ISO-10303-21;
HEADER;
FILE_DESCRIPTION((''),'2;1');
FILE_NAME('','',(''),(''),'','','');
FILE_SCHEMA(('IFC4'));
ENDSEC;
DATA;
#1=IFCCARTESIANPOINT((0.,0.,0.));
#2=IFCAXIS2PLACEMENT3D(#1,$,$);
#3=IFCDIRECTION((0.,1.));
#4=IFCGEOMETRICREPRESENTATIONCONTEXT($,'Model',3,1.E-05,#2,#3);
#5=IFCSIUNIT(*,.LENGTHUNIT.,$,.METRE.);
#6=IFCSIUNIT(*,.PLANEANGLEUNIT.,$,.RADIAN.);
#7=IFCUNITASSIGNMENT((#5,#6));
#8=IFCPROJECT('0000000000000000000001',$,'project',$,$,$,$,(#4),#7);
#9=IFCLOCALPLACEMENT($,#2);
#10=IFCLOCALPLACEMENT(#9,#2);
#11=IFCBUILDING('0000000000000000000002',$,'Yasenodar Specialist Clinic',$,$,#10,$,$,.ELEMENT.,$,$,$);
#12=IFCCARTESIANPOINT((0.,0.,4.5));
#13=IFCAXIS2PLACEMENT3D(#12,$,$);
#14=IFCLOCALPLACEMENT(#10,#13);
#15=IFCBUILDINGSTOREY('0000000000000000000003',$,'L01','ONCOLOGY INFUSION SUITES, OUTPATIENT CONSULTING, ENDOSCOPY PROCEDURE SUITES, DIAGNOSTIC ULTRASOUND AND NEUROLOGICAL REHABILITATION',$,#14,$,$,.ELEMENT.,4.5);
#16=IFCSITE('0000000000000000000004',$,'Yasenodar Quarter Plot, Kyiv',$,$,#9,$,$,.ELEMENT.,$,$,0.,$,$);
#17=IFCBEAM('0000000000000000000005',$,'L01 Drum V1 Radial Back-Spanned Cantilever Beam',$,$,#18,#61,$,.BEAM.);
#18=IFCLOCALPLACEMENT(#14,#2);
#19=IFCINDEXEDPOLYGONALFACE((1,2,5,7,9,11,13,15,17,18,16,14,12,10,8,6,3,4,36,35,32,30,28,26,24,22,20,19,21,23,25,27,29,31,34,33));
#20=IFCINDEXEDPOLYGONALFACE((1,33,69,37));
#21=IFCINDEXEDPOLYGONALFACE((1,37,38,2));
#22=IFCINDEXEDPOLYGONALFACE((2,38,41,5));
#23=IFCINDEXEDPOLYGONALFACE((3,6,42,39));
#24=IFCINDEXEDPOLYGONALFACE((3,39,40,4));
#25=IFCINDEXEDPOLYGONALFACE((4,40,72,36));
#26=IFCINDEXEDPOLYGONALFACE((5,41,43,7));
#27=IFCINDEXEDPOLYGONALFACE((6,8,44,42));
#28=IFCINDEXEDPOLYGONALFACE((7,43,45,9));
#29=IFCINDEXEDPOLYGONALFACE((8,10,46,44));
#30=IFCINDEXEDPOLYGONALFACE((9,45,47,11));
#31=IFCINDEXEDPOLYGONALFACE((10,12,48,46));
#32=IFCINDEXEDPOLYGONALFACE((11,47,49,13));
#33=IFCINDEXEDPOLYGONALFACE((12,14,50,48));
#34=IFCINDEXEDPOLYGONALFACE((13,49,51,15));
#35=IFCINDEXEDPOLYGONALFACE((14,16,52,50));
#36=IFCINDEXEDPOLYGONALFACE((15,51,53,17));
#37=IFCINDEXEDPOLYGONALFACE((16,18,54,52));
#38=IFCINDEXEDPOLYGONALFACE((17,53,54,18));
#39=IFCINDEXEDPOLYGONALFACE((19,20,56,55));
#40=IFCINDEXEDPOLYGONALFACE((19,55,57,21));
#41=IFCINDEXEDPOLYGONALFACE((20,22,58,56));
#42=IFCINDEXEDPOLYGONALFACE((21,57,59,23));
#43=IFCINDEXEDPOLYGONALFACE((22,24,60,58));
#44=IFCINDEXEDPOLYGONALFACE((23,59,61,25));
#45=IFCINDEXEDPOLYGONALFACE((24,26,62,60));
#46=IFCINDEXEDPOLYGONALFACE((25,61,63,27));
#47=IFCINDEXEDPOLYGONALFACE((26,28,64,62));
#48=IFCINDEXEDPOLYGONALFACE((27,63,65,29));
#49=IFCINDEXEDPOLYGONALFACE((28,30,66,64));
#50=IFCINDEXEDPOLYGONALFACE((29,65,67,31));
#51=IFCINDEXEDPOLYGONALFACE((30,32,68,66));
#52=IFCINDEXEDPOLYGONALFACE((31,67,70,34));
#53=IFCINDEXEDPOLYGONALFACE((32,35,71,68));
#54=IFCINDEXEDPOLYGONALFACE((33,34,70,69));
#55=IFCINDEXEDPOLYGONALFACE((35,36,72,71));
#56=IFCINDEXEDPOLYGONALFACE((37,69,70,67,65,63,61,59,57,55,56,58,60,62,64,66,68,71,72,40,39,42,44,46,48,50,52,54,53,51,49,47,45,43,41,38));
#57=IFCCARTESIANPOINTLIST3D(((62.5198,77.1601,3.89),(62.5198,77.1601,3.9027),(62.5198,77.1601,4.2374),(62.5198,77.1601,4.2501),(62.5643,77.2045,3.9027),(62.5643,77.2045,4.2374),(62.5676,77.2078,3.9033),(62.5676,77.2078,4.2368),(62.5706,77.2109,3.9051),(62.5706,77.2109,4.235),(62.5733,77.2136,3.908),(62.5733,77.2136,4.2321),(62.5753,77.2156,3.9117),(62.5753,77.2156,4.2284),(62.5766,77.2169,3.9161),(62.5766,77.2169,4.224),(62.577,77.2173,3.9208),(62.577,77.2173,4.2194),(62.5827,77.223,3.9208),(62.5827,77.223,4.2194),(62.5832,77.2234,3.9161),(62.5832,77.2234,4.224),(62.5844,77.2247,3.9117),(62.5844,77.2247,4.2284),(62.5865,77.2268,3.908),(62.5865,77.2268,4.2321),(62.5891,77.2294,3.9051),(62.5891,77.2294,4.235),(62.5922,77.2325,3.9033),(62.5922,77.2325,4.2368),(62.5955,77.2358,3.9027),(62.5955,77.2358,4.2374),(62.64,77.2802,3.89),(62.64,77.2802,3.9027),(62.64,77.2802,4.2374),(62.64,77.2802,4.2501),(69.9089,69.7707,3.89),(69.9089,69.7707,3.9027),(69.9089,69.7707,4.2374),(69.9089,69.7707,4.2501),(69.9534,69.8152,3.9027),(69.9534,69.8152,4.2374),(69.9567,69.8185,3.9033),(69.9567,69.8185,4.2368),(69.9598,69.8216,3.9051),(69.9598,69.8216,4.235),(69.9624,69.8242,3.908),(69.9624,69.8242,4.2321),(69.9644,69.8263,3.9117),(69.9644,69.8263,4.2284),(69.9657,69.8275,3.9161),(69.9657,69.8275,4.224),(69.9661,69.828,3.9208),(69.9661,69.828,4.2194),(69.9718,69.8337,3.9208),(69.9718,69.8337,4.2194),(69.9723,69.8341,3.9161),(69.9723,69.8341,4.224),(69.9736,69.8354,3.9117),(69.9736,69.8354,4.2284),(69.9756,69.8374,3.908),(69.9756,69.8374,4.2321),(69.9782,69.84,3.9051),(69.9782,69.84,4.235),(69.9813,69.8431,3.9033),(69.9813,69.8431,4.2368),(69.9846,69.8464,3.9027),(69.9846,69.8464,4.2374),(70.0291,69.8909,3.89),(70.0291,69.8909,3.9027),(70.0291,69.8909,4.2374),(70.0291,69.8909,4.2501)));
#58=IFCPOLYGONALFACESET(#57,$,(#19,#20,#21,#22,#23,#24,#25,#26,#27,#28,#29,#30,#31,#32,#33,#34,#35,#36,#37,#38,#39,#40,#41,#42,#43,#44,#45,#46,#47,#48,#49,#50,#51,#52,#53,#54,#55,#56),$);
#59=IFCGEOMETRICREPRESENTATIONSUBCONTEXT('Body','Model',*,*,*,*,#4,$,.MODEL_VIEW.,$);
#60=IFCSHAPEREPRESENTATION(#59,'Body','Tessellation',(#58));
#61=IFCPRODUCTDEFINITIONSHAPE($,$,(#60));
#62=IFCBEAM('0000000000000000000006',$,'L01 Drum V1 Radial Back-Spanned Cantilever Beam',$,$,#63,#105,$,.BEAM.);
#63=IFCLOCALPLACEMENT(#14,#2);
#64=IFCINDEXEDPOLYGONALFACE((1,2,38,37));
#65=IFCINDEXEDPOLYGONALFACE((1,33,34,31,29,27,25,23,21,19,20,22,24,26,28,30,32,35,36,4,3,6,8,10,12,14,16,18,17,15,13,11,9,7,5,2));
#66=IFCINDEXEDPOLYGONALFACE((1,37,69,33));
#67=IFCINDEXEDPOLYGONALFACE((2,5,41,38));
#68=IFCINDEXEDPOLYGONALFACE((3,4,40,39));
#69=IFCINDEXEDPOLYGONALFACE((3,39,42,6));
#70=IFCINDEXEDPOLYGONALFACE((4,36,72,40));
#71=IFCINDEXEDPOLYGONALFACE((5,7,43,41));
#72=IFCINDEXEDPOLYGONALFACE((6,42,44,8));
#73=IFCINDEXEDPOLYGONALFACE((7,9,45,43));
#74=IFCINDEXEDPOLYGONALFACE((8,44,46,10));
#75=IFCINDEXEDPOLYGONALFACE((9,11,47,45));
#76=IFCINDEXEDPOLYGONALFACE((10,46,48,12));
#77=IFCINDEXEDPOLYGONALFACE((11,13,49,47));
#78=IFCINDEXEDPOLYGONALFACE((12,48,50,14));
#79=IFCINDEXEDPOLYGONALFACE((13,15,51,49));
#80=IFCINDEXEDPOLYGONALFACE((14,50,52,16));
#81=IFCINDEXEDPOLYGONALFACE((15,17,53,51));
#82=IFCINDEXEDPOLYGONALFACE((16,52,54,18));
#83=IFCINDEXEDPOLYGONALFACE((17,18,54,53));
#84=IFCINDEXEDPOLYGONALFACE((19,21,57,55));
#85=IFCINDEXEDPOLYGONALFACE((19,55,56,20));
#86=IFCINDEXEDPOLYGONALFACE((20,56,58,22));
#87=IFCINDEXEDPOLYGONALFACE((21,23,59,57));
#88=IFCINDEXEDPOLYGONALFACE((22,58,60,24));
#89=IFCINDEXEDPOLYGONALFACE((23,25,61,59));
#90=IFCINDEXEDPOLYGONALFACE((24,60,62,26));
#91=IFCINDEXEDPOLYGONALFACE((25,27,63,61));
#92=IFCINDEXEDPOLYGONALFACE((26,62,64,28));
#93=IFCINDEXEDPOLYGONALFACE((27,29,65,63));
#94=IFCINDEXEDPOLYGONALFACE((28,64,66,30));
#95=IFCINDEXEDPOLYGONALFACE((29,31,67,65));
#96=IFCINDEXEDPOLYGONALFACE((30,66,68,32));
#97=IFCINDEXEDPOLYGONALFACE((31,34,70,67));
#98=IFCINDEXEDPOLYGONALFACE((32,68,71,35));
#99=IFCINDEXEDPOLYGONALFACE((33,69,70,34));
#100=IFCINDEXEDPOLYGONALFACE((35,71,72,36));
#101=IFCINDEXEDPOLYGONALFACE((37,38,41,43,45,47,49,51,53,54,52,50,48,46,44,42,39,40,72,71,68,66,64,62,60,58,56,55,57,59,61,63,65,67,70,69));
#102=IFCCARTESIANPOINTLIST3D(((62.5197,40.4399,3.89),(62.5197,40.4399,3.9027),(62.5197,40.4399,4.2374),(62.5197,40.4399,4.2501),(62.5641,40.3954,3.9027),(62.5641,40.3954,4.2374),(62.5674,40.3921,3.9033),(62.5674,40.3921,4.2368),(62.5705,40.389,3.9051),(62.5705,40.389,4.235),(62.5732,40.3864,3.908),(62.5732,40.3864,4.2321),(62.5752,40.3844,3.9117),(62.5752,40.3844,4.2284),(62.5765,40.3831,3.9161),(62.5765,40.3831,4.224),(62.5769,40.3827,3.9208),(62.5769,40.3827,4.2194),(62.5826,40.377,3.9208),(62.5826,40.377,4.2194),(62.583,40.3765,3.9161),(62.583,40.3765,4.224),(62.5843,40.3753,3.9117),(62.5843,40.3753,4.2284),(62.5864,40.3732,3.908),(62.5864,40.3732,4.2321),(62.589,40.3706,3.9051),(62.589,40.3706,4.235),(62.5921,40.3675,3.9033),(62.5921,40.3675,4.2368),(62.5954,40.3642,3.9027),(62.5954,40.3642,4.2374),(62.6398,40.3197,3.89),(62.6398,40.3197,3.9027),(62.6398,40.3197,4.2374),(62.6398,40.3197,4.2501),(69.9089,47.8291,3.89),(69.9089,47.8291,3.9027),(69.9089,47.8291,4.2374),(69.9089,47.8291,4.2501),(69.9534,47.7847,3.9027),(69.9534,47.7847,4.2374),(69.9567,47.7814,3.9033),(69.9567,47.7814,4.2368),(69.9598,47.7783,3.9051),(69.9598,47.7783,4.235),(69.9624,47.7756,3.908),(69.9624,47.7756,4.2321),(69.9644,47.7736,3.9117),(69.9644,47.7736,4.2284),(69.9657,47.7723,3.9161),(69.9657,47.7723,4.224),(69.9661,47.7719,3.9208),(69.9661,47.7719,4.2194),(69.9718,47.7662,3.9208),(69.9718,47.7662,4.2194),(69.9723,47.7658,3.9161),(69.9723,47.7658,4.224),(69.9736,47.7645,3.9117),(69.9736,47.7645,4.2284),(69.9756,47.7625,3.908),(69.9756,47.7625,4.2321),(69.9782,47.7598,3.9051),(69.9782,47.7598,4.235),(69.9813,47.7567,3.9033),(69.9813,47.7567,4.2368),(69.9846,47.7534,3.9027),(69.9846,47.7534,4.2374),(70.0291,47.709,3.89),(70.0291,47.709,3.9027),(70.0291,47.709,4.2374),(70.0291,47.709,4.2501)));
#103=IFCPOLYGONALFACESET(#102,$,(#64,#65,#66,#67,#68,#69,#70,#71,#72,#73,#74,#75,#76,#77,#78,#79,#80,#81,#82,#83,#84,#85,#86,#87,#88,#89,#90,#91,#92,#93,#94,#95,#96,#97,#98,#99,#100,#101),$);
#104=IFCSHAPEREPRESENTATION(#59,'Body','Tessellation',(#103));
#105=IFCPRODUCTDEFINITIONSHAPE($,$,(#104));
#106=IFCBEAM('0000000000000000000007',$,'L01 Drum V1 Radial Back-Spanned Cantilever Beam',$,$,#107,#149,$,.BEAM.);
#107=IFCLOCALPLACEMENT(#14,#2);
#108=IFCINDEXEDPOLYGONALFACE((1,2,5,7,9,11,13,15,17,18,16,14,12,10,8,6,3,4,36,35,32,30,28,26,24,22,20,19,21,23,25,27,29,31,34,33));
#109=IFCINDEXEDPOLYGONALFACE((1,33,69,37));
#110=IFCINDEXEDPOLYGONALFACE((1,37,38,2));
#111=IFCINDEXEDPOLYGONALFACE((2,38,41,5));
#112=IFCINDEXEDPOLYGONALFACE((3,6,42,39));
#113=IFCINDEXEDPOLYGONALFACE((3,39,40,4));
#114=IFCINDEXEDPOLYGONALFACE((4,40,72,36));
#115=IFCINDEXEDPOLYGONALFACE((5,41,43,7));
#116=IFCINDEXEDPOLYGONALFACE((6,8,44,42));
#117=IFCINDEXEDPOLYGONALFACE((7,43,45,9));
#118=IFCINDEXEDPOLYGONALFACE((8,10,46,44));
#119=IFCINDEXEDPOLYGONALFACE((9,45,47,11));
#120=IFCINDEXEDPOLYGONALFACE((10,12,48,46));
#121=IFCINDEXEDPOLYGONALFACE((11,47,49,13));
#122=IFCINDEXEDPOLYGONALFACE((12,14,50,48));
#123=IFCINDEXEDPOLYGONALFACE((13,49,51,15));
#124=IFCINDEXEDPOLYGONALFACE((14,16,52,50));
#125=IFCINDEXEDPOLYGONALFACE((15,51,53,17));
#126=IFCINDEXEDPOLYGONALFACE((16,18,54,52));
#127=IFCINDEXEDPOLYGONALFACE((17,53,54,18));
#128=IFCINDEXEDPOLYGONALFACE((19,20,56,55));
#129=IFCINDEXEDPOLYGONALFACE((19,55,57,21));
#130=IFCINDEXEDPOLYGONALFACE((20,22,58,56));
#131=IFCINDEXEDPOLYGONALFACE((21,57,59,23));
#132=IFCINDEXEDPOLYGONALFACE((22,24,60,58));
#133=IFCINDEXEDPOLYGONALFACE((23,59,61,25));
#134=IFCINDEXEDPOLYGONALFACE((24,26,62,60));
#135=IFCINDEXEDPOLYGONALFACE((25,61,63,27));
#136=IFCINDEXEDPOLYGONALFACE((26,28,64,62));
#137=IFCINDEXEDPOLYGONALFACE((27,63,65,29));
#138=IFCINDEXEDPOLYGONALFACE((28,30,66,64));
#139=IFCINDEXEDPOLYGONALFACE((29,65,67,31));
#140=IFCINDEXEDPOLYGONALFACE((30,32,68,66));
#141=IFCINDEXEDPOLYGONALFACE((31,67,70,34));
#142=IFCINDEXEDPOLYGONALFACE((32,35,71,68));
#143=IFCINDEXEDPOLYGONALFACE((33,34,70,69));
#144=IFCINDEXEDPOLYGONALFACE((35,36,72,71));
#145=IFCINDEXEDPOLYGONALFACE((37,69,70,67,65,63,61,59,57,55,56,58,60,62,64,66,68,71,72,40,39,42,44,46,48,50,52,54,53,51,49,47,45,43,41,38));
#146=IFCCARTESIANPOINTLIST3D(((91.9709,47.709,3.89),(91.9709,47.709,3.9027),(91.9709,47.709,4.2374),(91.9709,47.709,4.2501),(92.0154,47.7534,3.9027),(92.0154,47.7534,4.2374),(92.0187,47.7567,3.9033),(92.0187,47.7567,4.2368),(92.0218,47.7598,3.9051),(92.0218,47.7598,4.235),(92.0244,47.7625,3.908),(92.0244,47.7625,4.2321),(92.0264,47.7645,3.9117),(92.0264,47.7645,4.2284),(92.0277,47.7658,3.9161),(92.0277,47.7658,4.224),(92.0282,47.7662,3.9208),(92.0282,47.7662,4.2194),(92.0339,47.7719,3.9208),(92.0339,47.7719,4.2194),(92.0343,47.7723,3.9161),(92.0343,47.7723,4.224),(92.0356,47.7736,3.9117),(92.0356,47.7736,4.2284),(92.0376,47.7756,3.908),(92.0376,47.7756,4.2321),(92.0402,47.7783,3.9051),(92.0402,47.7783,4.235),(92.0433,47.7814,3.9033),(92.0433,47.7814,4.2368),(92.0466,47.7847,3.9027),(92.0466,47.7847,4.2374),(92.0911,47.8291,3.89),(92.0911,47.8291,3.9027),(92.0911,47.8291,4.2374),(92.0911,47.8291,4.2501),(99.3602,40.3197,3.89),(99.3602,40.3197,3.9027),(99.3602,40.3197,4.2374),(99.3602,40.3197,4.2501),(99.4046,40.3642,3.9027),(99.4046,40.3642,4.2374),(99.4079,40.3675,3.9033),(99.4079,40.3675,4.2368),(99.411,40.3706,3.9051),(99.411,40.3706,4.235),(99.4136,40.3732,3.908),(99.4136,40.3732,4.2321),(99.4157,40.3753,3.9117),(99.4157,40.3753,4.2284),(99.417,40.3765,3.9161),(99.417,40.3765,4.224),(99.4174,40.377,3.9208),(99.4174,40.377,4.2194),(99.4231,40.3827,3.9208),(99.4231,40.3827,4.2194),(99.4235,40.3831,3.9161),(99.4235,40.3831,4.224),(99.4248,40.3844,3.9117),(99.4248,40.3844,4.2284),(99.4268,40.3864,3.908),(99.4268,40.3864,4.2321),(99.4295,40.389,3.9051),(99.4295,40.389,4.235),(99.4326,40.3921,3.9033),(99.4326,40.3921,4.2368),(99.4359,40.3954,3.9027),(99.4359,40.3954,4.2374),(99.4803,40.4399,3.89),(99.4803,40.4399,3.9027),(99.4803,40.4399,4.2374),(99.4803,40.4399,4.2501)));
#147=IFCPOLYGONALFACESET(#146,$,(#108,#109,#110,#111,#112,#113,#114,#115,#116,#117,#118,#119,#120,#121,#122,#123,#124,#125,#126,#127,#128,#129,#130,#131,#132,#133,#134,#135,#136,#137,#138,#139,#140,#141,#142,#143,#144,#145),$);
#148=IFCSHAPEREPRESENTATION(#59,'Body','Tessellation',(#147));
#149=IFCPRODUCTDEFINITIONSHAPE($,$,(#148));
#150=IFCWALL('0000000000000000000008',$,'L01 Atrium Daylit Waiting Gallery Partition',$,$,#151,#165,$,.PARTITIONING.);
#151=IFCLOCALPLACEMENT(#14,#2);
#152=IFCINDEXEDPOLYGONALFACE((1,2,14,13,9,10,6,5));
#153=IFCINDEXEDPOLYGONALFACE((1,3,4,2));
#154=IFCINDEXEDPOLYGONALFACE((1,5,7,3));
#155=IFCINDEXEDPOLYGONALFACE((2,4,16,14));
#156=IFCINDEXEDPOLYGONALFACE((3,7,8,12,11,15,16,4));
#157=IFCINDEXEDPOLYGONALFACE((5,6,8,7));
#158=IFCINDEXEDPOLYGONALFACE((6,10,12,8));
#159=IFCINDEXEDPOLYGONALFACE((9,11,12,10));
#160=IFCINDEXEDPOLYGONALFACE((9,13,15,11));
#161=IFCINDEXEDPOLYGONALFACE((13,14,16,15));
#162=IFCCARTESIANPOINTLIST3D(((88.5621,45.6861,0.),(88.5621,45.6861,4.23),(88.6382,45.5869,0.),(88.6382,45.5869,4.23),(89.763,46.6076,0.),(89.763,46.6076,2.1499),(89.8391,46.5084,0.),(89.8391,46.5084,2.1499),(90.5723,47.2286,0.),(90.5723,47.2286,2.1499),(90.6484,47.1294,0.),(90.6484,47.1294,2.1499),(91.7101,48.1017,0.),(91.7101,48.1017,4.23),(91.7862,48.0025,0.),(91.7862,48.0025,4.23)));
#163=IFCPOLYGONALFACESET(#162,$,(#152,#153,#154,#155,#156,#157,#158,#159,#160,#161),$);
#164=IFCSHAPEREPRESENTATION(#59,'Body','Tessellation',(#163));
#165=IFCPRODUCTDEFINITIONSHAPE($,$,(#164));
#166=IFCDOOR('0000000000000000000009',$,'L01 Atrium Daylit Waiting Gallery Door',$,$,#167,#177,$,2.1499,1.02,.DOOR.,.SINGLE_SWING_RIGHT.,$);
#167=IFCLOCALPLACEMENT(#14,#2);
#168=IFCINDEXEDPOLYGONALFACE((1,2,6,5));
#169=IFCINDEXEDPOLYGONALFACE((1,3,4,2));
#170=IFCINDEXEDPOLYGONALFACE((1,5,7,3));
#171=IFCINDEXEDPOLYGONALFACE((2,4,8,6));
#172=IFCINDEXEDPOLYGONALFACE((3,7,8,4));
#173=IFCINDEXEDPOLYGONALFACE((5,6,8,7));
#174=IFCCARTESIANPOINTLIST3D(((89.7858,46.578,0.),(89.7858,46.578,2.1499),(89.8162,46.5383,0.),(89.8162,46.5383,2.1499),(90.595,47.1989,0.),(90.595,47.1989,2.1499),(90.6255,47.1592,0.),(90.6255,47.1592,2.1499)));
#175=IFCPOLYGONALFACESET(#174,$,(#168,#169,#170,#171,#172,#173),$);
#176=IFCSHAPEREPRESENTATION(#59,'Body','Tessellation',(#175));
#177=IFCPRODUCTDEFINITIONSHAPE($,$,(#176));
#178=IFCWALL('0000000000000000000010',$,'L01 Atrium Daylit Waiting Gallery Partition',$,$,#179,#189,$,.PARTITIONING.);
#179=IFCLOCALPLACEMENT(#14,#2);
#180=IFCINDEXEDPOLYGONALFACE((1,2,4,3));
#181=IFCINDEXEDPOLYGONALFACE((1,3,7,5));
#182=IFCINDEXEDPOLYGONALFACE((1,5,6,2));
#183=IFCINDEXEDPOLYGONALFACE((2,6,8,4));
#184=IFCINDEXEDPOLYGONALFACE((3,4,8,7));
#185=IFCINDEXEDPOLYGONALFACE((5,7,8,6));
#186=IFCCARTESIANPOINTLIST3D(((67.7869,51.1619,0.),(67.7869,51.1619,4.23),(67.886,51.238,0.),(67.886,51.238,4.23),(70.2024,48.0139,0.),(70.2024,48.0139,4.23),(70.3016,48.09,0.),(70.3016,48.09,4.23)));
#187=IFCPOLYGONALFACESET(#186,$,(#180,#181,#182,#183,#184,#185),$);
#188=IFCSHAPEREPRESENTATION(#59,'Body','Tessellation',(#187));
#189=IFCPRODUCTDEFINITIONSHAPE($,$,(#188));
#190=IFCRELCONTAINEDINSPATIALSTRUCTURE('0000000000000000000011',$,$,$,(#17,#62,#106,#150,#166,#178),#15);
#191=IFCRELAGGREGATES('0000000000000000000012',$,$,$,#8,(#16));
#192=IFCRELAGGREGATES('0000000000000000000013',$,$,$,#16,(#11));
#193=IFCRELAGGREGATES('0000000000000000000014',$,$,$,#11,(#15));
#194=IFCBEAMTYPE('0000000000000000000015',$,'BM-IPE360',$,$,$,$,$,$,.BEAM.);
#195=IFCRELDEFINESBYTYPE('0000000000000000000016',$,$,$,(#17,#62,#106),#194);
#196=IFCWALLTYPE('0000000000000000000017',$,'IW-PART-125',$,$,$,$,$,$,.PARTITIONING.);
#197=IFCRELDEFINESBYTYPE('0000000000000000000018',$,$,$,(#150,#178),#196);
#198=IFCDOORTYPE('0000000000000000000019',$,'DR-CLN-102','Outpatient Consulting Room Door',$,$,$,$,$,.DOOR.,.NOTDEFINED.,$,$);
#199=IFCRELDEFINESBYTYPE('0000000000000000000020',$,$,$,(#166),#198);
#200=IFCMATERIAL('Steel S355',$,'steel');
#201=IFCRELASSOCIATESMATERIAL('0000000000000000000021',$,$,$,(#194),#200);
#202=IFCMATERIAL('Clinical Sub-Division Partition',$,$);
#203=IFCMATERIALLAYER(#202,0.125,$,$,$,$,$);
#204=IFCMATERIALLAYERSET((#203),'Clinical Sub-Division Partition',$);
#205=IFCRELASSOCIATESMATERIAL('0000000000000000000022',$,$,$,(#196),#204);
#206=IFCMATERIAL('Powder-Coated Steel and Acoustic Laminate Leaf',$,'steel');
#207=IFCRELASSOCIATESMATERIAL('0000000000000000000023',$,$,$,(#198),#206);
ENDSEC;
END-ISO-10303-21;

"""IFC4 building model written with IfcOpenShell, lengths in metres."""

from ifc_helpers import new_model, si_unit, direction, frame, frame_2d, origin, origin_2d, place, context, subcontext, project, spatial, rectangle, i_section, extrude, material, layer, layer_set, material_profile, profile_set, type_object, element, fill, save


model = new_model("IFC4")

# Units and contexts
model_context = context("Model", 3, precision=1e-05, world=origin(), true_north=direction((0.0, 1.0)))
body_context = subcontext(model_context, "Body", "Model", "MODEL_VIEW")
ifc_project = project(units=[si_unit("LENGTHUNIT", "METRE"), si_unit("PLANEANGLEUNIT", "RADIAN")], contexts=[model_context])

# Site, building, storey
site_placement = place(None, origin())
site = spatial("IfcSite", under=ifc_project, at=site_placement, Name="Yasenodar Quarter Plot, Kyiv", CompositionType="ELEMENT", RefElevation=0.0)
building_placement = place(site_placement, origin())
building = spatial("IfcBuilding", under=site, at=building_placement, Name="Yasenodar Specialist Clinic", CompositionType="ELEMENT")
storey_placement = place(building_placement, frame((0.0, 0.0, 4.5)))
storey = spatial("IfcBuildingStorey", under=building, at=storey_placement, Name="L01", Description="ONCOLOGY INFUSION SUITES, OUTPATIENT CONSULTING, ENDOSCOPY PROCEDURE SUITES, DIAGNOSTIC ULTRASOUND AND NEUROLOGICAL REHABILITATION", CompositionType="ELEMENT", Elevation=4.5)

# Shared definitions
ifc_material_1 = material(Name="Steel S355", Category="steel")

# Beams
ifc_material_profile_1 = material_profile(ifc_material_1, i_section(OverallWidth=0.1699, OverallDepth=0.3601, WebThickness=0.0081, FlangeThickness=0.0127, FilletRadius=0.0181, at=origin_2d()), Name="IPE 360")
ifc_profile_set_1 = profile_set([ifc_material_profile_1], Name="Steel S355")
beam_type_1 = type_object("IfcBeamType", Name="BM-IPE360", PredefinedType="BEAM", material=ifc_profile_set_1)
for number, where, z_axis, x_axis, name in (
    (1, (69.969, 69.8308, 4.0701), (-0.707095, 0.707118, 0.0), (-0.707118, -0.707095, 0.0), "L01 Drum V1 Radial Back-Spanned Cantilever Beam"),
    (2, (69.969, 47.769, 4.0701), (-0.707107, -0.707107, 0.0), (0.707107, -0.707107, 0.0), "L01 Drum V1 Radial Back-Spanned Cantilever Beam"),
    (3, (92.031, 47.769, 4.0701), (0.707107, -0.707107, 0.0), (0.707107, 0.707107, 0.0), "L01 Drum V1 Radial Back-Spanned Cantilever Beam"),
):
    element("IfcBeam", number, at=place(storey_placement, frame(where, z_axis=z_axis, x_axis=x_axis)), inside=storey, type_object=beam_type_1, Name=name, PredefinedType="BEAM", context=body_context, shape_type="SweptSolid", body=[
        extrude(i_section(OverallWidth=0.1699, OverallDepth=0.3601, WebThickness=0.0081, FlangeThickness=0.0127, FilletRadius=0.0181, at=origin_2d()), origin(), (0.0, 0.0, 1.0), 10.45),
    ])

# Wall, opening, door
ifc_material_2 = material(Name="Clinical Sub-Division Partition")
ifc_layer = layer(ifc_material_2, 0.125)
ifc_layer_set = layer_set([ifc_layer], Name="Clinical Sub-Division Partition")
wall_type = type_object("IfcWallType", Name="IW-PART-125", PredefinedType="PARTITIONING", material=ifc_layer_set)
wall_1_placement = place(storey_placement, frame((91.748, 48.052, 0.0), z_axis=(0.0, 0.0, 1.0), x_axis=(-0.793351, -0.608765, 0.0)))
wall_1 = element("IfcWall", 4, at=wall_1_placement, inside=storey, type_object=wall_type, Name="L01 Atrium Daylit Waiting Gallery Partition", PredefinedType="PARTITIONING", context=body_context, shape_type="SweptSolid", body=[
    extrude(rectangle(XDim=3.968, YDim=0.125, at=frame_2d((1.9839, 0.0))), origin(), (0.0, 0.0, 1.0), 4.23),
])
opening_placement = place(wall_1_placement, frame((1.4341, 0.0, 0.0)))
opening = element("IfcOpeningElement", 5, at=opening_placement, cuts=wall_1, PredefinedType="OPENING", context=body_context, shape_type="SweptSolid", body=[
    extrude(rectangle(XDim=1.02, YDim=2.1499, at=frame_2d((0.51, 1.075))), frame((0.0, 0.0725, 0.0), z_axis=(0.0, -1.0, 0.0), x_axis=(1.0, 0.0, 0.0)), (0.0, 0.0, 1.0), 0.145),
])
ifc_material_3 = material(Name="Powder-Coated Steel and Acoustic Laminate Leaf", Category="steel")
door_type = type_object("IfcDoorType", Name="DR-CLN-102", Description="Outpatient Consulting Room Door", OperationType="NOTDEFINED", PredefinedType="DOOR", material=ifc_material_3)
door_placement = place(opening_placement, origin())
door = element("IfcDoor", 6, at=door_placement, inside=storey, type_object=door_type, Name="L01 Atrium Daylit Waiting Gallery Door", OperationType="SINGLE_SWING_RIGHT", OverallHeight=2.1499, OverallWidth=1.02, PredefinedType="DOOR", context=body_context, shape_type="SweptSolid", body=[
    extrude(rectangle(XDim=1.02, YDim=2.1499, at=frame_2d((0.51, 1.075))), frame((0.0, 0.0249, 0.0), z_axis=(0.0, -1.0, 0.0), x_axis=(1.0, 0.0, 0.0)), (0.0, 0.0, 1.0), 0.05),
])
fill(opening, door)

# Wall
wall_2_placement = place(storey_placement, frame((70.252, 48.052, 0.0), z_axis=(0.0, 0.0, 1.0), x_axis=(-0.608765, 0.793351, 0.0)))
element("IfcWall", 7, at=wall_2_placement, inside=storey, type_object=wall_type, Name="L01 Atrium Daylit Waiting Gallery Partition", PredefinedType="PARTITIONING", context=body_context, shape_type="SweptSolid", body=[
    extrude(rectangle(XDim=3.968, YDim=0.125, at=frame_2d((1.9839, 0.0))), origin(), (0.0, 0.0, 1.0), 4.23),
])

save(model, "model.ifc")
